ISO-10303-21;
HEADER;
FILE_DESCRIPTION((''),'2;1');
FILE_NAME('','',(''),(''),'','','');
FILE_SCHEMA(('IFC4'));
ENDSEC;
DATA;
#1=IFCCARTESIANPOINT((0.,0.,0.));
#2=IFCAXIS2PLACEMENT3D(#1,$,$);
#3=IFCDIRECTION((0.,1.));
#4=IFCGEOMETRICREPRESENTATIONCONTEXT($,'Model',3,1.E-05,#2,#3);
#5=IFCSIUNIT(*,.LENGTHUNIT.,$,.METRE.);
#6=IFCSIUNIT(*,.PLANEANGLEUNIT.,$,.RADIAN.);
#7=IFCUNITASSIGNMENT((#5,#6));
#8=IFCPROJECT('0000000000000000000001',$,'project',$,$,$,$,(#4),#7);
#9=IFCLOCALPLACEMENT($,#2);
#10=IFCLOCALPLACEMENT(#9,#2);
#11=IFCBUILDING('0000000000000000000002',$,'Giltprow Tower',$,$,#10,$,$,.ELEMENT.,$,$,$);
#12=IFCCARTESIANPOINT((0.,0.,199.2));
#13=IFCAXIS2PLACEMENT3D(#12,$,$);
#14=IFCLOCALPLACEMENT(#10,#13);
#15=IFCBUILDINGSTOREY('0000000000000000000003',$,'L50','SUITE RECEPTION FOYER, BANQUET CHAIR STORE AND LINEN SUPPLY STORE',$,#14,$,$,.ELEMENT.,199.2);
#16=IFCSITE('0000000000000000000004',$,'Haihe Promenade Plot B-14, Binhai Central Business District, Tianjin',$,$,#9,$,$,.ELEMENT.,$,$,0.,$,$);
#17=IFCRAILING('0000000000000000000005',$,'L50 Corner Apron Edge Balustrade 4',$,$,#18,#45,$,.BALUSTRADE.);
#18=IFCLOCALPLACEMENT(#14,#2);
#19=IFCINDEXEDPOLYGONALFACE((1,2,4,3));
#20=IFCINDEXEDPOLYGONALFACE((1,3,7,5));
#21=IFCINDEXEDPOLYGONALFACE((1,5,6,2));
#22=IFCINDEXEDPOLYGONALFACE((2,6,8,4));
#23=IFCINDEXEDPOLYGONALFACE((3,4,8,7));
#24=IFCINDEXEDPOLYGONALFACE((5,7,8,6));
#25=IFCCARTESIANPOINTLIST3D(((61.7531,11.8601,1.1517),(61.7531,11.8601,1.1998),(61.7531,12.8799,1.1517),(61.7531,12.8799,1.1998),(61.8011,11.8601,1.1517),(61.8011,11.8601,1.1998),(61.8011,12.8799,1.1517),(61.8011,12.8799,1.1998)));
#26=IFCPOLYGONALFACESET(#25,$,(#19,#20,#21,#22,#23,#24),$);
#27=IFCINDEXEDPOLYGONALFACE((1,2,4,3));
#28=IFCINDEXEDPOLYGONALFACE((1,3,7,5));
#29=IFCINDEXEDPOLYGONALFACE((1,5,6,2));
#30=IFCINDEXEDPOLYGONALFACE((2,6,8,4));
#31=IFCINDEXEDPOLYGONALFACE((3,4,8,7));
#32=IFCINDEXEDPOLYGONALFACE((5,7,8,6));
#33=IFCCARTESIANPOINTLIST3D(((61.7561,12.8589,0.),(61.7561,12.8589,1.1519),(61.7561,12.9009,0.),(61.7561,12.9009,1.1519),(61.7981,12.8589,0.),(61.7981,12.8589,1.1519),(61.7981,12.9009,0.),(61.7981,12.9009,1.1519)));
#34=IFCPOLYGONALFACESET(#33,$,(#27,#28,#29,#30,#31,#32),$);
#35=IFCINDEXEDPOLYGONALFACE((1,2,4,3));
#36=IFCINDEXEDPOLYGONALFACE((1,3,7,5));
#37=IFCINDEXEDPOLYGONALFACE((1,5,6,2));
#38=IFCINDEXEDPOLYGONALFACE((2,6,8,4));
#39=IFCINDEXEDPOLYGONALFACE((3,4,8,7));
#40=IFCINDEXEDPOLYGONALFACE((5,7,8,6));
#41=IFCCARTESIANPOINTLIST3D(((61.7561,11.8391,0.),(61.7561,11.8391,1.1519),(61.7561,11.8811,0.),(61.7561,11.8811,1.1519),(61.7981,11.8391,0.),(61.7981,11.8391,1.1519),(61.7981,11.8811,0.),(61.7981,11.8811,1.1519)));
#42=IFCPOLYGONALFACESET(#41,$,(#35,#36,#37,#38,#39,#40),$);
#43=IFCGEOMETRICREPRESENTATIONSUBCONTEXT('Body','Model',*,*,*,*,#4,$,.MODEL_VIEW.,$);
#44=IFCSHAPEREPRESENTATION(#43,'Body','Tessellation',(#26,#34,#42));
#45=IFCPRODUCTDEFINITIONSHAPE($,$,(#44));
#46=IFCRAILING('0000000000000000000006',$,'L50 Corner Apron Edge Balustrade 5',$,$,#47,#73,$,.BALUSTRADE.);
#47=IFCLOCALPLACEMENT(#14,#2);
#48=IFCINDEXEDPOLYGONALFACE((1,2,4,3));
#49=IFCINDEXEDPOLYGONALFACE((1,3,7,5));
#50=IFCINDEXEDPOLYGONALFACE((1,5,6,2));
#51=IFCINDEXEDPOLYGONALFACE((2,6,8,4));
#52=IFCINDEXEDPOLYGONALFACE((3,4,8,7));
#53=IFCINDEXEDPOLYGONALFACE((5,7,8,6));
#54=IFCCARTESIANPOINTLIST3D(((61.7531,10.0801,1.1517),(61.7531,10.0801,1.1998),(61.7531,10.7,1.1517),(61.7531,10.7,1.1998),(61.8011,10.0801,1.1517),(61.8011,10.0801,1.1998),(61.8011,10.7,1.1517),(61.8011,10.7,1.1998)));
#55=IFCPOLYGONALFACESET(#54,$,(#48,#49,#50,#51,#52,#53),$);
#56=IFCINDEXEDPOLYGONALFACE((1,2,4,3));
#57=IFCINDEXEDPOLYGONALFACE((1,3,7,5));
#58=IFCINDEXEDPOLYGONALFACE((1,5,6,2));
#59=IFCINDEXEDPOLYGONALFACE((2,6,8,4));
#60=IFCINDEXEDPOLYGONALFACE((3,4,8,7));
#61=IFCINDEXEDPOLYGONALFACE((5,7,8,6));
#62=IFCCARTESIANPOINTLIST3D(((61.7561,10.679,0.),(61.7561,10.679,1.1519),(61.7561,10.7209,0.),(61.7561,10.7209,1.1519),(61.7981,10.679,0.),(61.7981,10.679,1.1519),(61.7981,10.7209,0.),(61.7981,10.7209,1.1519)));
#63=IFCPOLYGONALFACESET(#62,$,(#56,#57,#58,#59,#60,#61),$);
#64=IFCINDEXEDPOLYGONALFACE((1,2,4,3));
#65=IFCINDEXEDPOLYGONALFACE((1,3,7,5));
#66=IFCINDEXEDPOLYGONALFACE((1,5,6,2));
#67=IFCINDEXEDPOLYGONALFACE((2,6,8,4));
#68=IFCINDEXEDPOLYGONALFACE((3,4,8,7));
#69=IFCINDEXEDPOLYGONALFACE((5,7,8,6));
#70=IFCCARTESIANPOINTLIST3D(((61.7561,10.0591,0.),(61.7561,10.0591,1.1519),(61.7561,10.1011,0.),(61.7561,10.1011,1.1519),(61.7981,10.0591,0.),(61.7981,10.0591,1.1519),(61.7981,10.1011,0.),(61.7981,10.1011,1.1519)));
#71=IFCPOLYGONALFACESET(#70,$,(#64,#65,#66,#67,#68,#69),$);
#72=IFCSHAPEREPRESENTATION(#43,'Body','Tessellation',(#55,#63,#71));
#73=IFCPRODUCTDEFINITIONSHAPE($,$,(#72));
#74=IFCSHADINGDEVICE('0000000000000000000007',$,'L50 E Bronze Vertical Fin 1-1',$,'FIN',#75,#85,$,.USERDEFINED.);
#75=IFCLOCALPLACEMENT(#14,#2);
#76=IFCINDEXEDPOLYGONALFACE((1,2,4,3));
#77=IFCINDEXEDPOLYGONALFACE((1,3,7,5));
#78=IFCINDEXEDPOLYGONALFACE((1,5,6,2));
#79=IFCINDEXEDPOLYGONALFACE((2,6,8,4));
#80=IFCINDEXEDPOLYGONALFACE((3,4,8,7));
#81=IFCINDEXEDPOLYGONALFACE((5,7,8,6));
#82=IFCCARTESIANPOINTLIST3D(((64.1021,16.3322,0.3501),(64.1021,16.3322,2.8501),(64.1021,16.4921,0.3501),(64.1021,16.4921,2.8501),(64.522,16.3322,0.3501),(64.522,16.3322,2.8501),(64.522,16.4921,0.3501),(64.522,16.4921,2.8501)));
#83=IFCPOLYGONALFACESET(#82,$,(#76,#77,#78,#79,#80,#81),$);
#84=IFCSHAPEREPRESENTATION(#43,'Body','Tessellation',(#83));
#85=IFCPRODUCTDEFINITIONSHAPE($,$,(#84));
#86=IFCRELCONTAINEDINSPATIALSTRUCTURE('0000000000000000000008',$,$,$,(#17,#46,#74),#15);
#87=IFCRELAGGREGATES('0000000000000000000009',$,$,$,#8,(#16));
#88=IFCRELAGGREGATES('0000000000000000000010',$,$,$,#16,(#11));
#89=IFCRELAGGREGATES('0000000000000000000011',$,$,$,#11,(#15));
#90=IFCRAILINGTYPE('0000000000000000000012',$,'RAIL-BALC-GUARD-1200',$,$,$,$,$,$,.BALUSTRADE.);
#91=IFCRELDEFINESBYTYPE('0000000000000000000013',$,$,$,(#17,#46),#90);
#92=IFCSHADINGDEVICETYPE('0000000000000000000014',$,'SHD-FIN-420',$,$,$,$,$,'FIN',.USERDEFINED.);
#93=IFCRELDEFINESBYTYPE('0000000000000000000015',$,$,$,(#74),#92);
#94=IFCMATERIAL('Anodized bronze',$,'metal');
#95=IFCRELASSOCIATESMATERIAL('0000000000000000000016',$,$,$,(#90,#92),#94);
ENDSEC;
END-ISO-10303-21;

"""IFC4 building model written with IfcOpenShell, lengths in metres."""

from ifc_helpers import new_model, si_unit, direction, frame, origin, origin_2d, place, context, subcontext, project, spatial, rectangle, extrude, source, transform, mapped, material, type_object, element, save


model = new_model("IFC4")

# Units and contexts
model_context = context("Model", 3, precision=1e-05, world=origin(), true_north=direction((0.0, 1.0)))
body_context = subcontext(model_context, "Body", "Model", "MODEL_VIEW")
ifc_project = project(units=[si_unit("LENGTHUNIT", "METRE"), si_unit("PLANEANGLEUNIT", "RADIAN")], contexts=[model_context])

# Site, building, storey
site_placement = place(None, origin())
site = spatial("IfcSite", under=ifc_project, at=site_placement, Name="Haihe Promenade Plot B-14, Binhai Central Business District, Tianjin", CompositionType="ELEMENT", RefElevation=0.0)
building_placement = place(site_placement, origin())
building = spatial("IfcBuilding", under=site, at=building_placement, Name="Giltprow Tower", CompositionType="ELEMENT")
storey_placement = place(building_placement, frame((0.0, 0.0, 199.2)))
storey = spatial("IfcBuildingStorey", under=building, at=storey_placement, Name="L50", Description="SUITE RECEPTION FOYER, BANQUET CHAIR STORE AND LINEN SUPPLY STORE", CompositionType="ELEMENT", Elevation=199.2)

# Shared definitions
ifc_material_1 = material(Name="Anodized bronze", Category="metal")

# Railings
railing_type = type_object("IfcRailingType", Name="RAIL-BALC-GUARD-1200", PredefinedType="BALUSTRADE", material=ifc_material_1)
railing_1_placement = place(storey_placement, frame((61.7771, 12.8799, 0.0)))
element("IfcRailing", 1, at=railing_1_placement, inside=storey, type_object=railing_type, Name="L50 Corner Apron Edge Balustrade 4", PredefinedType="BALUSTRADE", context=body_context, shape_type="SweptSolid", body=[
    extrude(rectangle(XDim=0.0481, YDim=0.0481, at=origin_2d()), frame((0.0, 0.0, 1.1758), z_axis=(0.0, -1.0, 0.0), x_axis=(1.0, 0.0, 0.0)), (0.0, 0.0, 1.0), 1.0198),
    extrude(rectangle(XDim=0.042, YDim=0.042, at=origin_2d()), origin(), (0.0, 0.0, 1.0), 1.1519),
    extrude(rectangle(XDim=0.042, YDim=0.042, at=origin_2d()), frame((0.0, -1.0198, 0.0)), (0.0, 0.0, 1.0), 1.1519),
])
railing_2_placement = place(storey_placement, frame((61.7771, 10.7, 0.0)))
element("IfcRailing", 2, at=railing_2_placement, inside=storey, type_object=railing_type, Name="L50 Corner Apron Edge Balustrade 5", PredefinedType="BALUSTRADE", context=body_context, shape_type="SweptSolid", body=[
    extrude(rectangle(XDim=0.0481, YDim=0.0481, at=origin_2d()), frame((0.0, 0.0, 1.1758), z_axis=(0.0, -1.0, 0.0), x_axis=(1.0, 0.0, 0.0)), (0.0, 0.0, 1.0), 0.6199),
    extrude(rectangle(XDim=0.042, YDim=0.042, at=origin_2d()), origin(), (0.0, 0.0, 1.0), 1.1519),
    extrude(rectangle(XDim=0.042, YDim=0.042, at=origin_2d()), frame((0.0, -0.6199, 0.0)), (0.0, 0.0, 1.0), 1.1519),
])

# Shading device
shading_device_type = type_object("IfcShadingDeviceType", Name="SHD-FIN-420", ElementType="FIN", PredefinedType="USERDEFINED", material=ifc_material_1)
shared_shape_1 = source(origin(), body_context, "Body", "SweptSolid", [
    extrude(rectangle(XDim=0.4199, YDim=0.1599, at=origin_2d()), origin(), (0.0, 0.0, 1.0), 2.5),
])
shading_device_placement = place(storey_placement, frame((64.312, 16.4121, 0.3501), z_axis=(0.0, 0.0, 1.0), x_axis=(1.0, 0.0, 0.0)))
element("IfcShadingDevice", 3, at=shading_device_placement, inside=storey, type_object=shading_device_type, Name="L50 E Bronze Vertical Fin 1-1", ObjectType="FIN", PredefinedType="USERDEFINED", context=body_context, shape_type="MappedRepresentation", body=[
    mapped(shared_shape_1, transform((0.0, 0.0, 0.0), x_axis=(1.0, 0.0, 0.0), y_axis=(0.0, 1.0, 0.0), z_axis=(0.0, 0.0, 1.0), scale=1.0)),
])

save(model, "model.ifc")
